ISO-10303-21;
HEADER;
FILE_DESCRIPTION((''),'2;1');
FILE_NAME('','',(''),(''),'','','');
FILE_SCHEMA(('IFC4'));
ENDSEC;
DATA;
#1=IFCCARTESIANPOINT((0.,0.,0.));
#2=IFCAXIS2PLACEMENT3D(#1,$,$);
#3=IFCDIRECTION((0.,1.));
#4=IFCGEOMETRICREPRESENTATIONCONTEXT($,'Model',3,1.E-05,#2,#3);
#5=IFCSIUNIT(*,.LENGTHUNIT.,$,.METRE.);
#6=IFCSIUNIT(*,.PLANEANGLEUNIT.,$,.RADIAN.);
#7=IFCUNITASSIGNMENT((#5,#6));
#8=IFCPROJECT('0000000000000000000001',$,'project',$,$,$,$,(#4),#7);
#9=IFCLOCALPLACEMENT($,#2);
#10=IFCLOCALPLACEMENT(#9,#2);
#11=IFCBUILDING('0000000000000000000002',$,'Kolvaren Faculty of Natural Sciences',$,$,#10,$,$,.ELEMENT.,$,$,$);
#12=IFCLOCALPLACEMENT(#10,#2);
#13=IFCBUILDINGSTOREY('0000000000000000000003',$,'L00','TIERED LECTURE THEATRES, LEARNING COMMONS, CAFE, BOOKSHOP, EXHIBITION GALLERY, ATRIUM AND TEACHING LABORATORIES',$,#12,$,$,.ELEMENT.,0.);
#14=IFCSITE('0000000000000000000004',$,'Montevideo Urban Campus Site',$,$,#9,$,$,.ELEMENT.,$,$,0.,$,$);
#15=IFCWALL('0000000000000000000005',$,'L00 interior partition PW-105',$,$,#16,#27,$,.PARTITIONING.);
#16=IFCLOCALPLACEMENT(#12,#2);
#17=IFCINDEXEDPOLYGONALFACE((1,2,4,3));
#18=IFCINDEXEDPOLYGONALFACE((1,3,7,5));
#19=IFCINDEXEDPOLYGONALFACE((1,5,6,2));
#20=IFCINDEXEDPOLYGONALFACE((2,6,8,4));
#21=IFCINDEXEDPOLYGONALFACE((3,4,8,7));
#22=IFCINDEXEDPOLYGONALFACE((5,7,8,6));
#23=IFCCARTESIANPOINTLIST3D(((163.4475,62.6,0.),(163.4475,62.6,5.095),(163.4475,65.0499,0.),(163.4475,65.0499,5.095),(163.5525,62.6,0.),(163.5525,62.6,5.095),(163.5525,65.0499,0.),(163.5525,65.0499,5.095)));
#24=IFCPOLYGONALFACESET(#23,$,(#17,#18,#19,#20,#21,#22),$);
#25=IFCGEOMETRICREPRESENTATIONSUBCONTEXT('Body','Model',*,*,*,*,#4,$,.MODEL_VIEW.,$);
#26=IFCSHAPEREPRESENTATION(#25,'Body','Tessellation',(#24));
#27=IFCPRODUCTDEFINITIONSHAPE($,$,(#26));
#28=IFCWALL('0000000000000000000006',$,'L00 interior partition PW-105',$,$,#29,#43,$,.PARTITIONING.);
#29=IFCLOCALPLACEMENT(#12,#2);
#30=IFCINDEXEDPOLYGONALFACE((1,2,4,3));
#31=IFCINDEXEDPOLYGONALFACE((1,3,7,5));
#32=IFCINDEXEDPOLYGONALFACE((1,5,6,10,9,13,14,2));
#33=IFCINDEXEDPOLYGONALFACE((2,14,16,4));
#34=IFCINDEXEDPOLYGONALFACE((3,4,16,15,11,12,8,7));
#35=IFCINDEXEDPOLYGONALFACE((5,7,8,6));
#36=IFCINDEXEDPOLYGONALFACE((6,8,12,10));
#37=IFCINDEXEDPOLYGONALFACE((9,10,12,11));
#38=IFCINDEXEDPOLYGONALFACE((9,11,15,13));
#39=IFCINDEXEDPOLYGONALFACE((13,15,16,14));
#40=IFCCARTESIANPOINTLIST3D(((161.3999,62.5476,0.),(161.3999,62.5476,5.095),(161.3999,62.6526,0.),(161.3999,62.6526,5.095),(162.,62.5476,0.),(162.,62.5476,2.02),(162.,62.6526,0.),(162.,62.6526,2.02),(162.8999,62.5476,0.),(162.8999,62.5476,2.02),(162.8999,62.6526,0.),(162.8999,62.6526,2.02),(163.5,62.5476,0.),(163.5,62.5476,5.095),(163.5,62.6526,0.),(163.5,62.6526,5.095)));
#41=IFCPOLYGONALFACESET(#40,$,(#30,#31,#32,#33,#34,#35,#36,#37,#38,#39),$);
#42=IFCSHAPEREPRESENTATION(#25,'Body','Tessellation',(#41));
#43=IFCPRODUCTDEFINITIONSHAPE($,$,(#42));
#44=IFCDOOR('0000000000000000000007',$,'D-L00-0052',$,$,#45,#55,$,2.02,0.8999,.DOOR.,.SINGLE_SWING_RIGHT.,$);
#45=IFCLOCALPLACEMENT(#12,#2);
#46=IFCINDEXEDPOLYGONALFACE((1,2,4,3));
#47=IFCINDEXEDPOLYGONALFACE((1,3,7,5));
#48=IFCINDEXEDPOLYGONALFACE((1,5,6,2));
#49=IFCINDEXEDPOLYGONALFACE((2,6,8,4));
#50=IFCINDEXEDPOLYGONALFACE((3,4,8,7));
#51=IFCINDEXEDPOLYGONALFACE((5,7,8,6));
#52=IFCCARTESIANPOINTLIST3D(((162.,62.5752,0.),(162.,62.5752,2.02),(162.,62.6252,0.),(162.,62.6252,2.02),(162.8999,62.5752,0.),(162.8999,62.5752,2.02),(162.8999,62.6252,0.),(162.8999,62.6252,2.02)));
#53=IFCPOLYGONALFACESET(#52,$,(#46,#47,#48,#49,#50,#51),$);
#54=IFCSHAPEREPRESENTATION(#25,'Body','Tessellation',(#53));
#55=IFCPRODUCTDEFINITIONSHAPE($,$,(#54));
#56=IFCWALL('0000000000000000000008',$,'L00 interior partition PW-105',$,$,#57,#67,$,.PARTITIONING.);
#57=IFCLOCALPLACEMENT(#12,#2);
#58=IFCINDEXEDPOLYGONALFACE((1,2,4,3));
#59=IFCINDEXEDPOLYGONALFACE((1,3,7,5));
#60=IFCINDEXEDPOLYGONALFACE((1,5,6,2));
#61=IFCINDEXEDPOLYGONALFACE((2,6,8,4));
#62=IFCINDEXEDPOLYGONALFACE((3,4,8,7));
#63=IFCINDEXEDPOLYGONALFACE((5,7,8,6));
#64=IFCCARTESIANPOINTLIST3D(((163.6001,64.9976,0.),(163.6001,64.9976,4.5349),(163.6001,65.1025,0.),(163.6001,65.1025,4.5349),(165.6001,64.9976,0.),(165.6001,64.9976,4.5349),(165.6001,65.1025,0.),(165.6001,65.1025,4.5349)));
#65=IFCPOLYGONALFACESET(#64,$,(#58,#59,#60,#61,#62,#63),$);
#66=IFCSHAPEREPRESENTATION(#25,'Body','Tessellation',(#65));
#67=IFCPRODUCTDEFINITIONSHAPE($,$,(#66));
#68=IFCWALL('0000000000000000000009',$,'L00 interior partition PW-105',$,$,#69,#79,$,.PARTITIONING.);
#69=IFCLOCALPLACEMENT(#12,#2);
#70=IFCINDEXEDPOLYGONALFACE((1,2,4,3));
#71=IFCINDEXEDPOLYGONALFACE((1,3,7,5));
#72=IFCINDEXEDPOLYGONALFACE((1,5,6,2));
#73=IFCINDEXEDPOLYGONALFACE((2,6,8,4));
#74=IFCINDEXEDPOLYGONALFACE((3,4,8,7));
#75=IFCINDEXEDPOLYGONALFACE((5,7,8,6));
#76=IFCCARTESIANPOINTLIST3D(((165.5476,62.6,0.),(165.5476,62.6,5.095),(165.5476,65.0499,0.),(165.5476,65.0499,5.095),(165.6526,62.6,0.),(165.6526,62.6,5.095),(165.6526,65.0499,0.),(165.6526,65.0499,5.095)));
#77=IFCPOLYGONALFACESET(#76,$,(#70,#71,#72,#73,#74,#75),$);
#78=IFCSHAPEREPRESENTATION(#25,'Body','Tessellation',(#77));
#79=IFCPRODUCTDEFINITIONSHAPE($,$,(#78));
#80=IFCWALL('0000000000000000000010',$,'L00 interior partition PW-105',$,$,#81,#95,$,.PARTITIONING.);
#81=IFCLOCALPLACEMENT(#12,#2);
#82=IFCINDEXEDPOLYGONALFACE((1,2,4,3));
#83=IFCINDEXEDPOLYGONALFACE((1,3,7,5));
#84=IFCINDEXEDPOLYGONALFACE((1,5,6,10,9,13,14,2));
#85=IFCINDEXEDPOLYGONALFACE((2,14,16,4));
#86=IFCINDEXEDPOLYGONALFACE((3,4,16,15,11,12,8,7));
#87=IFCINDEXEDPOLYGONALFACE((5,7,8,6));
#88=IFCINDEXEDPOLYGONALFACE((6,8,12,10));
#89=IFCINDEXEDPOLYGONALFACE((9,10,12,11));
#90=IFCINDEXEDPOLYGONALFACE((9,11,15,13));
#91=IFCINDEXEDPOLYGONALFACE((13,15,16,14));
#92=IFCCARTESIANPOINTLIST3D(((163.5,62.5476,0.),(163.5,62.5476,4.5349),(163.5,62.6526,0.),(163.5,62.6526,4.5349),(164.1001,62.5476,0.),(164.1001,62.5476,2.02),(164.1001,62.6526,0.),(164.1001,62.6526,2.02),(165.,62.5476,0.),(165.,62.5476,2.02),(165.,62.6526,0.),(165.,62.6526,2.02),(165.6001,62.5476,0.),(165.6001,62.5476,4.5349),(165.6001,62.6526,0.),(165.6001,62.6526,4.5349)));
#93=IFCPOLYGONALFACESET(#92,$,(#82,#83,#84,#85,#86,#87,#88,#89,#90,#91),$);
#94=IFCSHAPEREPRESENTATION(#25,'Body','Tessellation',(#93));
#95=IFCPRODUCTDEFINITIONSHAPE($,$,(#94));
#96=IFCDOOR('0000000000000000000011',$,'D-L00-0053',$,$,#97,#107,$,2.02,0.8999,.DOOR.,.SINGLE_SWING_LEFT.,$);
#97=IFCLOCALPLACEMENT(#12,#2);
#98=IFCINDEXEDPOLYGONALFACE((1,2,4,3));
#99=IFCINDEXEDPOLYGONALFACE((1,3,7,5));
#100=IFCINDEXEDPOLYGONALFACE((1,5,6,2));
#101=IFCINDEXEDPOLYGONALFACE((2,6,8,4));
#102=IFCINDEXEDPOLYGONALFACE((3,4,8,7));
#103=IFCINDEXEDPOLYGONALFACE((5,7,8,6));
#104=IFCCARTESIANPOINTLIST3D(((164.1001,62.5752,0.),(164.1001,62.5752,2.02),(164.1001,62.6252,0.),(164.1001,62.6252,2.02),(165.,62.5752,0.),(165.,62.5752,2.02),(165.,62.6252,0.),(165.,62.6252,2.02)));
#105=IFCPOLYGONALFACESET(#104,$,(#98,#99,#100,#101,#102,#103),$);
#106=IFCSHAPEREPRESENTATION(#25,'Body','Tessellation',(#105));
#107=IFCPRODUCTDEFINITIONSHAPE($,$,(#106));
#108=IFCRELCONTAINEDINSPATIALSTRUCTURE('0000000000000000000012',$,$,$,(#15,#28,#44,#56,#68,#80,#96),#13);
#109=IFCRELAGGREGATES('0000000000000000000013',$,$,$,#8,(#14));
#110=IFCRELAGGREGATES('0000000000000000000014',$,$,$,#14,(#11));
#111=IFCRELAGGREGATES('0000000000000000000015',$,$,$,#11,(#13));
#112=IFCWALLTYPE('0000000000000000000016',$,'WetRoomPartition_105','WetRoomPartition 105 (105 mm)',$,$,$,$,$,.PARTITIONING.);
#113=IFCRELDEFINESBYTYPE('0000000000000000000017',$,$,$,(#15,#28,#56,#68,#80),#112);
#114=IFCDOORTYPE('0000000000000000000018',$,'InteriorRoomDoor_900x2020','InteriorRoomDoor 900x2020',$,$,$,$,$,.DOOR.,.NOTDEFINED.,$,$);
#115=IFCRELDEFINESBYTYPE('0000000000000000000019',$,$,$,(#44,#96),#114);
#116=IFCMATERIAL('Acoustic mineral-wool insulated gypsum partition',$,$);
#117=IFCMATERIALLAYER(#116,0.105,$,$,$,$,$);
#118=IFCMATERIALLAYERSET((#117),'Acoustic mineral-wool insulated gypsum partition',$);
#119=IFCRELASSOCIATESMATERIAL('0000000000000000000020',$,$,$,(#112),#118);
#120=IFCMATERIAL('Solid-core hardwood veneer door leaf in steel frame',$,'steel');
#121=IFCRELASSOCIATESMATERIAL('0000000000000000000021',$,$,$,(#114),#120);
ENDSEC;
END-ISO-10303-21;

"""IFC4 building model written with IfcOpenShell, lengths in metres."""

from ifc_helpers import new_model, si_unit, direction, frame, frame_2d, origin, place, context, subcontext, project, spatial, rectangle, extrude, material, layer, layer_set, type_object, element, fill, save


model = new_model("IFC4")

# Units and contexts
model_context = context("Model", 3, precision=1e-05, world=origin(), true_north=direction((0.0, 1.0)))
body_context = subcontext(model_context, "Body", "Model", "MODEL_VIEW")
ifc_project = project(units=[si_unit("LENGTHUNIT", "METRE"), si_unit("PLANEANGLEUNIT", "RADIAN")], contexts=[model_context])

# Site, building, storey
site_placement = place(None, origin())
site = spatial("IfcSite", under=ifc_project, at=site_placement, Name="Montevideo Urban Campus Site", CompositionType="ELEMENT", RefElevation=0.0)
building_placement = place(site_placement, origin())
building = spatial("IfcBuilding", under=site, at=building_placement, Name="Kolvaren Faculty of Natural Sciences", CompositionType="ELEMENT")
storey_placement = place(building_placement, origin())
storey = spatial("IfcBuildingStorey", under=building, at=storey_placement, Name="L00", Description="TIERED LECTURE THEATRES, LEARNING COMMONS, CAFE, BOOKSHOP, EXHIBITION GALLERY, ATRIUM AND TEACHING LABORATORIES", CompositionType="ELEMENT", Elevation=0.0)

# Shared definitions
ifc_material_1 = material(Name="Acoustic mineral-wool insulated gypsum partition")

# Wall
ifc_layer_1 = layer(ifc_material_1, 0.105)
ifc_layer_set_1 = layer_set([ifc_layer_1], Name="Acoustic mineral-wool insulated gypsum partition")
wall_type_1 = type_object("IfcWallType", Name="WetRoomPartition_105", Description="WetRoomPartition 105 (105 mm)", PredefinedType="PARTITIONING", material=ifc_layer_set_1)
wall_1_placement = place(storey_placement, frame((163.5, 65.05, 0.0), z_axis=(0.0, 0.0, 1.0), x_axis=(0.0, -1.0, 0.0)))
element("IfcWall", 1, at=wall_1_placement, inside=storey, type_object=wall_type_1, Name="L00 interior partition PW-105", PredefinedType="PARTITIONING", context=body_context, shape_type="SweptSolid", body=[
    extrude(rectangle(XDim=2.45, YDim=0.105, at=frame_2d((1.2251, 0.0))), origin(), (0.0, 0.0, 1.0), 5.095),
])

# Wall, opening, door
wall_2_placement = place(storey_placement, frame((163.5, 62.6001, 0.0), z_axis=(0.0, 0.0, 1.0), x_axis=(-1.0, 0.0, 0.0)))
wall_2 = element("IfcWall", 2, at=wall_2_placement, inside=storey, type_object=wall_type_1, Name="L00 interior partition PW-105", PredefinedType="PARTITIONING", context=body_context, shape_type="SweptSolid", body=[
    extrude(rectangle(XDim=2.1001, YDim=0.105, at=frame_2d((1.05, 0.0))), origin(), (0.0, 0.0, 1.0), 5.095),
])
opening_1_placement = place(wall_2_placement, frame((0.6001, 0.0, 0.0)))
opening_1 = element("IfcOpeningElement", 3, at=opening_1_placement, cuts=wall_2, PredefinedType="OPENING", context=body_context, shape_type="SweptSolid", body=[
    extrude(rectangle(XDim=0.8999, YDim=2.02, at=frame_2d((0.45, 1.01))), frame((0.0, 0.0625, 0.0), z_axis=(0.0, -1.0, 0.0), x_axis=(1.0, 0.0, 0.0)), (0.0, 0.0, 1.0), 0.125),
])
ifc_material_2 = material(Name="Solid-core hardwood veneer door leaf in steel frame", Category="steel")
door_type_1 = type_object("IfcDoorType", Name="InteriorRoomDoor_900x2020", Description="InteriorRoomDoor 900x2020", OperationType="NOTDEFINED", PredefinedType="DOOR", material=ifc_material_2)
door_1_placement = place(opening_1_placement, origin())
door_1 = element("IfcDoor", 4, at=door_1_placement, inside=storey, type_object=door_type_1, Name="D-L00-0052", OperationType="SINGLE_SWING_RIGHT", OverallHeight=2.02, OverallWidth=0.8999, PredefinedType="DOOR", context=body_context, shape_type="SweptSolid", body=[
    extrude(rectangle(XDim=0.8999, YDim=2.02, at=frame_2d((0.45, 1.01))), frame((0.0, 0.0249, 0.0), z_axis=(0.0, -1.0, 0.0), x_axis=(1.0, 0.0, 0.0)), (0.0, 0.0, 1.0), 0.05),
])
fill(opening_1, door_1)

# Walls
wall_3_placement = place(storey_placement, frame((163.6001, 65.05, 0.0), z_axis=(0.0, 0.0, 1.0), x_axis=(1.0, 0.0, 0.0)))
element("IfcWall", 5, at=wall_3_placement, inside=storey, type_object=wall_type_1, Name="L00 interior partition PW-105", PredefinedType="PARTITIONING", context=body_context, shape_type="SweptSolid", body=[
    extrude(rectangle(XDim=2.0, YDim=0.105, at=frame_2d((1.0, 0.0))), origin(), (0.0, 0.0, 1.0), 4.5349),
])
wall_4_placement = place(storey_placement, frame((165.6001, 65.05, 0.0), z_axis=(0.0, 0.0, 1.0), x_axis=(0.0, -1.0, 0.0)))
element("IfcWall", 6, at=wall_4_placement, inside=storey, type_object=wall_type_1, Name="L00 interior partition PW-105", PredefinedType="PARTITIONING", context=body_context, shape_type="SweptSolid", body=[
    extrude(rectangle(XDim=2.45, YDim=0.105, at=frame_2d((1.2251, 0.0))), origin(), (0.0, 0.0, 1.0), 5.095),
])

# Wall, opening, door
wall_5_placement = place(storey_placement, frame((165.6001, 62.6001, 0.0), z_axis=(0.0, 0.0, 1.0), x_axis=(-1.0, 0.0, 0.0)))
wall_5 = element("IfcWall", 7, at=wall_5_placement, inside=storey, type_object=wall_type_1, Name="L00 interior partition PW-105", PredefinedType="PARTITIONING", context=body_context, shape_type="SweptSolid", body=[
    extrude(rectangle(XDim=2.1001, YDim=0.105, at=frame_2d((1.05, 0.0))), origin(), (0.0, 0.0, 1.0), 4.5349),
])
opening_2_placement = place(wall_5_placement, frame((0.6001, 0.0, 0.0)))
opening_2 = element("IfcOpeningElement", 8, at=opening_2_placement, cuts=wall_5, PredefinedType="OPENING", context=body_context, shape_type="SweptSolid", body=[
    extrude(rectangle(XDim=0.8999, YDim=2.02, at=frame_2d((0.45, 1.01))), frame((0.0, 0.0625, 0.0), z_axis=(0.0, -1.0, 0.0), x_axis=(1.0, 0.0, 0.0)), (0.0, 0.0, 1.0), 0.125),
])
door_2_placement = place(opening_2_placement, origin())
door_2 = element("IfcDoor", 9, at=door_2_placement, inside=storey, type_object=door_type_1, Name="D-L00-0053", OperationType="SINGLE_SWING_LEFT", OverallHeight=2.02, OverallWidth=0.8999, PredefinedType="DOOR", context=body_context, shape_type="SweptSolid", body=[
    extrude(rectangle(XDim=0.8999, YDim=2.02, at=frame_2d((0.45, 1.01))), frame((0.0, 0.0249, 0.0), z_axis=(0.0, -1.0, 0.0), x_axis=(1.0, 0.0, 0.0)), (0.0, 0.0, 1.0), 0.05),
])
fill(opening_2, door_2)

save(model, "model.ifc")
